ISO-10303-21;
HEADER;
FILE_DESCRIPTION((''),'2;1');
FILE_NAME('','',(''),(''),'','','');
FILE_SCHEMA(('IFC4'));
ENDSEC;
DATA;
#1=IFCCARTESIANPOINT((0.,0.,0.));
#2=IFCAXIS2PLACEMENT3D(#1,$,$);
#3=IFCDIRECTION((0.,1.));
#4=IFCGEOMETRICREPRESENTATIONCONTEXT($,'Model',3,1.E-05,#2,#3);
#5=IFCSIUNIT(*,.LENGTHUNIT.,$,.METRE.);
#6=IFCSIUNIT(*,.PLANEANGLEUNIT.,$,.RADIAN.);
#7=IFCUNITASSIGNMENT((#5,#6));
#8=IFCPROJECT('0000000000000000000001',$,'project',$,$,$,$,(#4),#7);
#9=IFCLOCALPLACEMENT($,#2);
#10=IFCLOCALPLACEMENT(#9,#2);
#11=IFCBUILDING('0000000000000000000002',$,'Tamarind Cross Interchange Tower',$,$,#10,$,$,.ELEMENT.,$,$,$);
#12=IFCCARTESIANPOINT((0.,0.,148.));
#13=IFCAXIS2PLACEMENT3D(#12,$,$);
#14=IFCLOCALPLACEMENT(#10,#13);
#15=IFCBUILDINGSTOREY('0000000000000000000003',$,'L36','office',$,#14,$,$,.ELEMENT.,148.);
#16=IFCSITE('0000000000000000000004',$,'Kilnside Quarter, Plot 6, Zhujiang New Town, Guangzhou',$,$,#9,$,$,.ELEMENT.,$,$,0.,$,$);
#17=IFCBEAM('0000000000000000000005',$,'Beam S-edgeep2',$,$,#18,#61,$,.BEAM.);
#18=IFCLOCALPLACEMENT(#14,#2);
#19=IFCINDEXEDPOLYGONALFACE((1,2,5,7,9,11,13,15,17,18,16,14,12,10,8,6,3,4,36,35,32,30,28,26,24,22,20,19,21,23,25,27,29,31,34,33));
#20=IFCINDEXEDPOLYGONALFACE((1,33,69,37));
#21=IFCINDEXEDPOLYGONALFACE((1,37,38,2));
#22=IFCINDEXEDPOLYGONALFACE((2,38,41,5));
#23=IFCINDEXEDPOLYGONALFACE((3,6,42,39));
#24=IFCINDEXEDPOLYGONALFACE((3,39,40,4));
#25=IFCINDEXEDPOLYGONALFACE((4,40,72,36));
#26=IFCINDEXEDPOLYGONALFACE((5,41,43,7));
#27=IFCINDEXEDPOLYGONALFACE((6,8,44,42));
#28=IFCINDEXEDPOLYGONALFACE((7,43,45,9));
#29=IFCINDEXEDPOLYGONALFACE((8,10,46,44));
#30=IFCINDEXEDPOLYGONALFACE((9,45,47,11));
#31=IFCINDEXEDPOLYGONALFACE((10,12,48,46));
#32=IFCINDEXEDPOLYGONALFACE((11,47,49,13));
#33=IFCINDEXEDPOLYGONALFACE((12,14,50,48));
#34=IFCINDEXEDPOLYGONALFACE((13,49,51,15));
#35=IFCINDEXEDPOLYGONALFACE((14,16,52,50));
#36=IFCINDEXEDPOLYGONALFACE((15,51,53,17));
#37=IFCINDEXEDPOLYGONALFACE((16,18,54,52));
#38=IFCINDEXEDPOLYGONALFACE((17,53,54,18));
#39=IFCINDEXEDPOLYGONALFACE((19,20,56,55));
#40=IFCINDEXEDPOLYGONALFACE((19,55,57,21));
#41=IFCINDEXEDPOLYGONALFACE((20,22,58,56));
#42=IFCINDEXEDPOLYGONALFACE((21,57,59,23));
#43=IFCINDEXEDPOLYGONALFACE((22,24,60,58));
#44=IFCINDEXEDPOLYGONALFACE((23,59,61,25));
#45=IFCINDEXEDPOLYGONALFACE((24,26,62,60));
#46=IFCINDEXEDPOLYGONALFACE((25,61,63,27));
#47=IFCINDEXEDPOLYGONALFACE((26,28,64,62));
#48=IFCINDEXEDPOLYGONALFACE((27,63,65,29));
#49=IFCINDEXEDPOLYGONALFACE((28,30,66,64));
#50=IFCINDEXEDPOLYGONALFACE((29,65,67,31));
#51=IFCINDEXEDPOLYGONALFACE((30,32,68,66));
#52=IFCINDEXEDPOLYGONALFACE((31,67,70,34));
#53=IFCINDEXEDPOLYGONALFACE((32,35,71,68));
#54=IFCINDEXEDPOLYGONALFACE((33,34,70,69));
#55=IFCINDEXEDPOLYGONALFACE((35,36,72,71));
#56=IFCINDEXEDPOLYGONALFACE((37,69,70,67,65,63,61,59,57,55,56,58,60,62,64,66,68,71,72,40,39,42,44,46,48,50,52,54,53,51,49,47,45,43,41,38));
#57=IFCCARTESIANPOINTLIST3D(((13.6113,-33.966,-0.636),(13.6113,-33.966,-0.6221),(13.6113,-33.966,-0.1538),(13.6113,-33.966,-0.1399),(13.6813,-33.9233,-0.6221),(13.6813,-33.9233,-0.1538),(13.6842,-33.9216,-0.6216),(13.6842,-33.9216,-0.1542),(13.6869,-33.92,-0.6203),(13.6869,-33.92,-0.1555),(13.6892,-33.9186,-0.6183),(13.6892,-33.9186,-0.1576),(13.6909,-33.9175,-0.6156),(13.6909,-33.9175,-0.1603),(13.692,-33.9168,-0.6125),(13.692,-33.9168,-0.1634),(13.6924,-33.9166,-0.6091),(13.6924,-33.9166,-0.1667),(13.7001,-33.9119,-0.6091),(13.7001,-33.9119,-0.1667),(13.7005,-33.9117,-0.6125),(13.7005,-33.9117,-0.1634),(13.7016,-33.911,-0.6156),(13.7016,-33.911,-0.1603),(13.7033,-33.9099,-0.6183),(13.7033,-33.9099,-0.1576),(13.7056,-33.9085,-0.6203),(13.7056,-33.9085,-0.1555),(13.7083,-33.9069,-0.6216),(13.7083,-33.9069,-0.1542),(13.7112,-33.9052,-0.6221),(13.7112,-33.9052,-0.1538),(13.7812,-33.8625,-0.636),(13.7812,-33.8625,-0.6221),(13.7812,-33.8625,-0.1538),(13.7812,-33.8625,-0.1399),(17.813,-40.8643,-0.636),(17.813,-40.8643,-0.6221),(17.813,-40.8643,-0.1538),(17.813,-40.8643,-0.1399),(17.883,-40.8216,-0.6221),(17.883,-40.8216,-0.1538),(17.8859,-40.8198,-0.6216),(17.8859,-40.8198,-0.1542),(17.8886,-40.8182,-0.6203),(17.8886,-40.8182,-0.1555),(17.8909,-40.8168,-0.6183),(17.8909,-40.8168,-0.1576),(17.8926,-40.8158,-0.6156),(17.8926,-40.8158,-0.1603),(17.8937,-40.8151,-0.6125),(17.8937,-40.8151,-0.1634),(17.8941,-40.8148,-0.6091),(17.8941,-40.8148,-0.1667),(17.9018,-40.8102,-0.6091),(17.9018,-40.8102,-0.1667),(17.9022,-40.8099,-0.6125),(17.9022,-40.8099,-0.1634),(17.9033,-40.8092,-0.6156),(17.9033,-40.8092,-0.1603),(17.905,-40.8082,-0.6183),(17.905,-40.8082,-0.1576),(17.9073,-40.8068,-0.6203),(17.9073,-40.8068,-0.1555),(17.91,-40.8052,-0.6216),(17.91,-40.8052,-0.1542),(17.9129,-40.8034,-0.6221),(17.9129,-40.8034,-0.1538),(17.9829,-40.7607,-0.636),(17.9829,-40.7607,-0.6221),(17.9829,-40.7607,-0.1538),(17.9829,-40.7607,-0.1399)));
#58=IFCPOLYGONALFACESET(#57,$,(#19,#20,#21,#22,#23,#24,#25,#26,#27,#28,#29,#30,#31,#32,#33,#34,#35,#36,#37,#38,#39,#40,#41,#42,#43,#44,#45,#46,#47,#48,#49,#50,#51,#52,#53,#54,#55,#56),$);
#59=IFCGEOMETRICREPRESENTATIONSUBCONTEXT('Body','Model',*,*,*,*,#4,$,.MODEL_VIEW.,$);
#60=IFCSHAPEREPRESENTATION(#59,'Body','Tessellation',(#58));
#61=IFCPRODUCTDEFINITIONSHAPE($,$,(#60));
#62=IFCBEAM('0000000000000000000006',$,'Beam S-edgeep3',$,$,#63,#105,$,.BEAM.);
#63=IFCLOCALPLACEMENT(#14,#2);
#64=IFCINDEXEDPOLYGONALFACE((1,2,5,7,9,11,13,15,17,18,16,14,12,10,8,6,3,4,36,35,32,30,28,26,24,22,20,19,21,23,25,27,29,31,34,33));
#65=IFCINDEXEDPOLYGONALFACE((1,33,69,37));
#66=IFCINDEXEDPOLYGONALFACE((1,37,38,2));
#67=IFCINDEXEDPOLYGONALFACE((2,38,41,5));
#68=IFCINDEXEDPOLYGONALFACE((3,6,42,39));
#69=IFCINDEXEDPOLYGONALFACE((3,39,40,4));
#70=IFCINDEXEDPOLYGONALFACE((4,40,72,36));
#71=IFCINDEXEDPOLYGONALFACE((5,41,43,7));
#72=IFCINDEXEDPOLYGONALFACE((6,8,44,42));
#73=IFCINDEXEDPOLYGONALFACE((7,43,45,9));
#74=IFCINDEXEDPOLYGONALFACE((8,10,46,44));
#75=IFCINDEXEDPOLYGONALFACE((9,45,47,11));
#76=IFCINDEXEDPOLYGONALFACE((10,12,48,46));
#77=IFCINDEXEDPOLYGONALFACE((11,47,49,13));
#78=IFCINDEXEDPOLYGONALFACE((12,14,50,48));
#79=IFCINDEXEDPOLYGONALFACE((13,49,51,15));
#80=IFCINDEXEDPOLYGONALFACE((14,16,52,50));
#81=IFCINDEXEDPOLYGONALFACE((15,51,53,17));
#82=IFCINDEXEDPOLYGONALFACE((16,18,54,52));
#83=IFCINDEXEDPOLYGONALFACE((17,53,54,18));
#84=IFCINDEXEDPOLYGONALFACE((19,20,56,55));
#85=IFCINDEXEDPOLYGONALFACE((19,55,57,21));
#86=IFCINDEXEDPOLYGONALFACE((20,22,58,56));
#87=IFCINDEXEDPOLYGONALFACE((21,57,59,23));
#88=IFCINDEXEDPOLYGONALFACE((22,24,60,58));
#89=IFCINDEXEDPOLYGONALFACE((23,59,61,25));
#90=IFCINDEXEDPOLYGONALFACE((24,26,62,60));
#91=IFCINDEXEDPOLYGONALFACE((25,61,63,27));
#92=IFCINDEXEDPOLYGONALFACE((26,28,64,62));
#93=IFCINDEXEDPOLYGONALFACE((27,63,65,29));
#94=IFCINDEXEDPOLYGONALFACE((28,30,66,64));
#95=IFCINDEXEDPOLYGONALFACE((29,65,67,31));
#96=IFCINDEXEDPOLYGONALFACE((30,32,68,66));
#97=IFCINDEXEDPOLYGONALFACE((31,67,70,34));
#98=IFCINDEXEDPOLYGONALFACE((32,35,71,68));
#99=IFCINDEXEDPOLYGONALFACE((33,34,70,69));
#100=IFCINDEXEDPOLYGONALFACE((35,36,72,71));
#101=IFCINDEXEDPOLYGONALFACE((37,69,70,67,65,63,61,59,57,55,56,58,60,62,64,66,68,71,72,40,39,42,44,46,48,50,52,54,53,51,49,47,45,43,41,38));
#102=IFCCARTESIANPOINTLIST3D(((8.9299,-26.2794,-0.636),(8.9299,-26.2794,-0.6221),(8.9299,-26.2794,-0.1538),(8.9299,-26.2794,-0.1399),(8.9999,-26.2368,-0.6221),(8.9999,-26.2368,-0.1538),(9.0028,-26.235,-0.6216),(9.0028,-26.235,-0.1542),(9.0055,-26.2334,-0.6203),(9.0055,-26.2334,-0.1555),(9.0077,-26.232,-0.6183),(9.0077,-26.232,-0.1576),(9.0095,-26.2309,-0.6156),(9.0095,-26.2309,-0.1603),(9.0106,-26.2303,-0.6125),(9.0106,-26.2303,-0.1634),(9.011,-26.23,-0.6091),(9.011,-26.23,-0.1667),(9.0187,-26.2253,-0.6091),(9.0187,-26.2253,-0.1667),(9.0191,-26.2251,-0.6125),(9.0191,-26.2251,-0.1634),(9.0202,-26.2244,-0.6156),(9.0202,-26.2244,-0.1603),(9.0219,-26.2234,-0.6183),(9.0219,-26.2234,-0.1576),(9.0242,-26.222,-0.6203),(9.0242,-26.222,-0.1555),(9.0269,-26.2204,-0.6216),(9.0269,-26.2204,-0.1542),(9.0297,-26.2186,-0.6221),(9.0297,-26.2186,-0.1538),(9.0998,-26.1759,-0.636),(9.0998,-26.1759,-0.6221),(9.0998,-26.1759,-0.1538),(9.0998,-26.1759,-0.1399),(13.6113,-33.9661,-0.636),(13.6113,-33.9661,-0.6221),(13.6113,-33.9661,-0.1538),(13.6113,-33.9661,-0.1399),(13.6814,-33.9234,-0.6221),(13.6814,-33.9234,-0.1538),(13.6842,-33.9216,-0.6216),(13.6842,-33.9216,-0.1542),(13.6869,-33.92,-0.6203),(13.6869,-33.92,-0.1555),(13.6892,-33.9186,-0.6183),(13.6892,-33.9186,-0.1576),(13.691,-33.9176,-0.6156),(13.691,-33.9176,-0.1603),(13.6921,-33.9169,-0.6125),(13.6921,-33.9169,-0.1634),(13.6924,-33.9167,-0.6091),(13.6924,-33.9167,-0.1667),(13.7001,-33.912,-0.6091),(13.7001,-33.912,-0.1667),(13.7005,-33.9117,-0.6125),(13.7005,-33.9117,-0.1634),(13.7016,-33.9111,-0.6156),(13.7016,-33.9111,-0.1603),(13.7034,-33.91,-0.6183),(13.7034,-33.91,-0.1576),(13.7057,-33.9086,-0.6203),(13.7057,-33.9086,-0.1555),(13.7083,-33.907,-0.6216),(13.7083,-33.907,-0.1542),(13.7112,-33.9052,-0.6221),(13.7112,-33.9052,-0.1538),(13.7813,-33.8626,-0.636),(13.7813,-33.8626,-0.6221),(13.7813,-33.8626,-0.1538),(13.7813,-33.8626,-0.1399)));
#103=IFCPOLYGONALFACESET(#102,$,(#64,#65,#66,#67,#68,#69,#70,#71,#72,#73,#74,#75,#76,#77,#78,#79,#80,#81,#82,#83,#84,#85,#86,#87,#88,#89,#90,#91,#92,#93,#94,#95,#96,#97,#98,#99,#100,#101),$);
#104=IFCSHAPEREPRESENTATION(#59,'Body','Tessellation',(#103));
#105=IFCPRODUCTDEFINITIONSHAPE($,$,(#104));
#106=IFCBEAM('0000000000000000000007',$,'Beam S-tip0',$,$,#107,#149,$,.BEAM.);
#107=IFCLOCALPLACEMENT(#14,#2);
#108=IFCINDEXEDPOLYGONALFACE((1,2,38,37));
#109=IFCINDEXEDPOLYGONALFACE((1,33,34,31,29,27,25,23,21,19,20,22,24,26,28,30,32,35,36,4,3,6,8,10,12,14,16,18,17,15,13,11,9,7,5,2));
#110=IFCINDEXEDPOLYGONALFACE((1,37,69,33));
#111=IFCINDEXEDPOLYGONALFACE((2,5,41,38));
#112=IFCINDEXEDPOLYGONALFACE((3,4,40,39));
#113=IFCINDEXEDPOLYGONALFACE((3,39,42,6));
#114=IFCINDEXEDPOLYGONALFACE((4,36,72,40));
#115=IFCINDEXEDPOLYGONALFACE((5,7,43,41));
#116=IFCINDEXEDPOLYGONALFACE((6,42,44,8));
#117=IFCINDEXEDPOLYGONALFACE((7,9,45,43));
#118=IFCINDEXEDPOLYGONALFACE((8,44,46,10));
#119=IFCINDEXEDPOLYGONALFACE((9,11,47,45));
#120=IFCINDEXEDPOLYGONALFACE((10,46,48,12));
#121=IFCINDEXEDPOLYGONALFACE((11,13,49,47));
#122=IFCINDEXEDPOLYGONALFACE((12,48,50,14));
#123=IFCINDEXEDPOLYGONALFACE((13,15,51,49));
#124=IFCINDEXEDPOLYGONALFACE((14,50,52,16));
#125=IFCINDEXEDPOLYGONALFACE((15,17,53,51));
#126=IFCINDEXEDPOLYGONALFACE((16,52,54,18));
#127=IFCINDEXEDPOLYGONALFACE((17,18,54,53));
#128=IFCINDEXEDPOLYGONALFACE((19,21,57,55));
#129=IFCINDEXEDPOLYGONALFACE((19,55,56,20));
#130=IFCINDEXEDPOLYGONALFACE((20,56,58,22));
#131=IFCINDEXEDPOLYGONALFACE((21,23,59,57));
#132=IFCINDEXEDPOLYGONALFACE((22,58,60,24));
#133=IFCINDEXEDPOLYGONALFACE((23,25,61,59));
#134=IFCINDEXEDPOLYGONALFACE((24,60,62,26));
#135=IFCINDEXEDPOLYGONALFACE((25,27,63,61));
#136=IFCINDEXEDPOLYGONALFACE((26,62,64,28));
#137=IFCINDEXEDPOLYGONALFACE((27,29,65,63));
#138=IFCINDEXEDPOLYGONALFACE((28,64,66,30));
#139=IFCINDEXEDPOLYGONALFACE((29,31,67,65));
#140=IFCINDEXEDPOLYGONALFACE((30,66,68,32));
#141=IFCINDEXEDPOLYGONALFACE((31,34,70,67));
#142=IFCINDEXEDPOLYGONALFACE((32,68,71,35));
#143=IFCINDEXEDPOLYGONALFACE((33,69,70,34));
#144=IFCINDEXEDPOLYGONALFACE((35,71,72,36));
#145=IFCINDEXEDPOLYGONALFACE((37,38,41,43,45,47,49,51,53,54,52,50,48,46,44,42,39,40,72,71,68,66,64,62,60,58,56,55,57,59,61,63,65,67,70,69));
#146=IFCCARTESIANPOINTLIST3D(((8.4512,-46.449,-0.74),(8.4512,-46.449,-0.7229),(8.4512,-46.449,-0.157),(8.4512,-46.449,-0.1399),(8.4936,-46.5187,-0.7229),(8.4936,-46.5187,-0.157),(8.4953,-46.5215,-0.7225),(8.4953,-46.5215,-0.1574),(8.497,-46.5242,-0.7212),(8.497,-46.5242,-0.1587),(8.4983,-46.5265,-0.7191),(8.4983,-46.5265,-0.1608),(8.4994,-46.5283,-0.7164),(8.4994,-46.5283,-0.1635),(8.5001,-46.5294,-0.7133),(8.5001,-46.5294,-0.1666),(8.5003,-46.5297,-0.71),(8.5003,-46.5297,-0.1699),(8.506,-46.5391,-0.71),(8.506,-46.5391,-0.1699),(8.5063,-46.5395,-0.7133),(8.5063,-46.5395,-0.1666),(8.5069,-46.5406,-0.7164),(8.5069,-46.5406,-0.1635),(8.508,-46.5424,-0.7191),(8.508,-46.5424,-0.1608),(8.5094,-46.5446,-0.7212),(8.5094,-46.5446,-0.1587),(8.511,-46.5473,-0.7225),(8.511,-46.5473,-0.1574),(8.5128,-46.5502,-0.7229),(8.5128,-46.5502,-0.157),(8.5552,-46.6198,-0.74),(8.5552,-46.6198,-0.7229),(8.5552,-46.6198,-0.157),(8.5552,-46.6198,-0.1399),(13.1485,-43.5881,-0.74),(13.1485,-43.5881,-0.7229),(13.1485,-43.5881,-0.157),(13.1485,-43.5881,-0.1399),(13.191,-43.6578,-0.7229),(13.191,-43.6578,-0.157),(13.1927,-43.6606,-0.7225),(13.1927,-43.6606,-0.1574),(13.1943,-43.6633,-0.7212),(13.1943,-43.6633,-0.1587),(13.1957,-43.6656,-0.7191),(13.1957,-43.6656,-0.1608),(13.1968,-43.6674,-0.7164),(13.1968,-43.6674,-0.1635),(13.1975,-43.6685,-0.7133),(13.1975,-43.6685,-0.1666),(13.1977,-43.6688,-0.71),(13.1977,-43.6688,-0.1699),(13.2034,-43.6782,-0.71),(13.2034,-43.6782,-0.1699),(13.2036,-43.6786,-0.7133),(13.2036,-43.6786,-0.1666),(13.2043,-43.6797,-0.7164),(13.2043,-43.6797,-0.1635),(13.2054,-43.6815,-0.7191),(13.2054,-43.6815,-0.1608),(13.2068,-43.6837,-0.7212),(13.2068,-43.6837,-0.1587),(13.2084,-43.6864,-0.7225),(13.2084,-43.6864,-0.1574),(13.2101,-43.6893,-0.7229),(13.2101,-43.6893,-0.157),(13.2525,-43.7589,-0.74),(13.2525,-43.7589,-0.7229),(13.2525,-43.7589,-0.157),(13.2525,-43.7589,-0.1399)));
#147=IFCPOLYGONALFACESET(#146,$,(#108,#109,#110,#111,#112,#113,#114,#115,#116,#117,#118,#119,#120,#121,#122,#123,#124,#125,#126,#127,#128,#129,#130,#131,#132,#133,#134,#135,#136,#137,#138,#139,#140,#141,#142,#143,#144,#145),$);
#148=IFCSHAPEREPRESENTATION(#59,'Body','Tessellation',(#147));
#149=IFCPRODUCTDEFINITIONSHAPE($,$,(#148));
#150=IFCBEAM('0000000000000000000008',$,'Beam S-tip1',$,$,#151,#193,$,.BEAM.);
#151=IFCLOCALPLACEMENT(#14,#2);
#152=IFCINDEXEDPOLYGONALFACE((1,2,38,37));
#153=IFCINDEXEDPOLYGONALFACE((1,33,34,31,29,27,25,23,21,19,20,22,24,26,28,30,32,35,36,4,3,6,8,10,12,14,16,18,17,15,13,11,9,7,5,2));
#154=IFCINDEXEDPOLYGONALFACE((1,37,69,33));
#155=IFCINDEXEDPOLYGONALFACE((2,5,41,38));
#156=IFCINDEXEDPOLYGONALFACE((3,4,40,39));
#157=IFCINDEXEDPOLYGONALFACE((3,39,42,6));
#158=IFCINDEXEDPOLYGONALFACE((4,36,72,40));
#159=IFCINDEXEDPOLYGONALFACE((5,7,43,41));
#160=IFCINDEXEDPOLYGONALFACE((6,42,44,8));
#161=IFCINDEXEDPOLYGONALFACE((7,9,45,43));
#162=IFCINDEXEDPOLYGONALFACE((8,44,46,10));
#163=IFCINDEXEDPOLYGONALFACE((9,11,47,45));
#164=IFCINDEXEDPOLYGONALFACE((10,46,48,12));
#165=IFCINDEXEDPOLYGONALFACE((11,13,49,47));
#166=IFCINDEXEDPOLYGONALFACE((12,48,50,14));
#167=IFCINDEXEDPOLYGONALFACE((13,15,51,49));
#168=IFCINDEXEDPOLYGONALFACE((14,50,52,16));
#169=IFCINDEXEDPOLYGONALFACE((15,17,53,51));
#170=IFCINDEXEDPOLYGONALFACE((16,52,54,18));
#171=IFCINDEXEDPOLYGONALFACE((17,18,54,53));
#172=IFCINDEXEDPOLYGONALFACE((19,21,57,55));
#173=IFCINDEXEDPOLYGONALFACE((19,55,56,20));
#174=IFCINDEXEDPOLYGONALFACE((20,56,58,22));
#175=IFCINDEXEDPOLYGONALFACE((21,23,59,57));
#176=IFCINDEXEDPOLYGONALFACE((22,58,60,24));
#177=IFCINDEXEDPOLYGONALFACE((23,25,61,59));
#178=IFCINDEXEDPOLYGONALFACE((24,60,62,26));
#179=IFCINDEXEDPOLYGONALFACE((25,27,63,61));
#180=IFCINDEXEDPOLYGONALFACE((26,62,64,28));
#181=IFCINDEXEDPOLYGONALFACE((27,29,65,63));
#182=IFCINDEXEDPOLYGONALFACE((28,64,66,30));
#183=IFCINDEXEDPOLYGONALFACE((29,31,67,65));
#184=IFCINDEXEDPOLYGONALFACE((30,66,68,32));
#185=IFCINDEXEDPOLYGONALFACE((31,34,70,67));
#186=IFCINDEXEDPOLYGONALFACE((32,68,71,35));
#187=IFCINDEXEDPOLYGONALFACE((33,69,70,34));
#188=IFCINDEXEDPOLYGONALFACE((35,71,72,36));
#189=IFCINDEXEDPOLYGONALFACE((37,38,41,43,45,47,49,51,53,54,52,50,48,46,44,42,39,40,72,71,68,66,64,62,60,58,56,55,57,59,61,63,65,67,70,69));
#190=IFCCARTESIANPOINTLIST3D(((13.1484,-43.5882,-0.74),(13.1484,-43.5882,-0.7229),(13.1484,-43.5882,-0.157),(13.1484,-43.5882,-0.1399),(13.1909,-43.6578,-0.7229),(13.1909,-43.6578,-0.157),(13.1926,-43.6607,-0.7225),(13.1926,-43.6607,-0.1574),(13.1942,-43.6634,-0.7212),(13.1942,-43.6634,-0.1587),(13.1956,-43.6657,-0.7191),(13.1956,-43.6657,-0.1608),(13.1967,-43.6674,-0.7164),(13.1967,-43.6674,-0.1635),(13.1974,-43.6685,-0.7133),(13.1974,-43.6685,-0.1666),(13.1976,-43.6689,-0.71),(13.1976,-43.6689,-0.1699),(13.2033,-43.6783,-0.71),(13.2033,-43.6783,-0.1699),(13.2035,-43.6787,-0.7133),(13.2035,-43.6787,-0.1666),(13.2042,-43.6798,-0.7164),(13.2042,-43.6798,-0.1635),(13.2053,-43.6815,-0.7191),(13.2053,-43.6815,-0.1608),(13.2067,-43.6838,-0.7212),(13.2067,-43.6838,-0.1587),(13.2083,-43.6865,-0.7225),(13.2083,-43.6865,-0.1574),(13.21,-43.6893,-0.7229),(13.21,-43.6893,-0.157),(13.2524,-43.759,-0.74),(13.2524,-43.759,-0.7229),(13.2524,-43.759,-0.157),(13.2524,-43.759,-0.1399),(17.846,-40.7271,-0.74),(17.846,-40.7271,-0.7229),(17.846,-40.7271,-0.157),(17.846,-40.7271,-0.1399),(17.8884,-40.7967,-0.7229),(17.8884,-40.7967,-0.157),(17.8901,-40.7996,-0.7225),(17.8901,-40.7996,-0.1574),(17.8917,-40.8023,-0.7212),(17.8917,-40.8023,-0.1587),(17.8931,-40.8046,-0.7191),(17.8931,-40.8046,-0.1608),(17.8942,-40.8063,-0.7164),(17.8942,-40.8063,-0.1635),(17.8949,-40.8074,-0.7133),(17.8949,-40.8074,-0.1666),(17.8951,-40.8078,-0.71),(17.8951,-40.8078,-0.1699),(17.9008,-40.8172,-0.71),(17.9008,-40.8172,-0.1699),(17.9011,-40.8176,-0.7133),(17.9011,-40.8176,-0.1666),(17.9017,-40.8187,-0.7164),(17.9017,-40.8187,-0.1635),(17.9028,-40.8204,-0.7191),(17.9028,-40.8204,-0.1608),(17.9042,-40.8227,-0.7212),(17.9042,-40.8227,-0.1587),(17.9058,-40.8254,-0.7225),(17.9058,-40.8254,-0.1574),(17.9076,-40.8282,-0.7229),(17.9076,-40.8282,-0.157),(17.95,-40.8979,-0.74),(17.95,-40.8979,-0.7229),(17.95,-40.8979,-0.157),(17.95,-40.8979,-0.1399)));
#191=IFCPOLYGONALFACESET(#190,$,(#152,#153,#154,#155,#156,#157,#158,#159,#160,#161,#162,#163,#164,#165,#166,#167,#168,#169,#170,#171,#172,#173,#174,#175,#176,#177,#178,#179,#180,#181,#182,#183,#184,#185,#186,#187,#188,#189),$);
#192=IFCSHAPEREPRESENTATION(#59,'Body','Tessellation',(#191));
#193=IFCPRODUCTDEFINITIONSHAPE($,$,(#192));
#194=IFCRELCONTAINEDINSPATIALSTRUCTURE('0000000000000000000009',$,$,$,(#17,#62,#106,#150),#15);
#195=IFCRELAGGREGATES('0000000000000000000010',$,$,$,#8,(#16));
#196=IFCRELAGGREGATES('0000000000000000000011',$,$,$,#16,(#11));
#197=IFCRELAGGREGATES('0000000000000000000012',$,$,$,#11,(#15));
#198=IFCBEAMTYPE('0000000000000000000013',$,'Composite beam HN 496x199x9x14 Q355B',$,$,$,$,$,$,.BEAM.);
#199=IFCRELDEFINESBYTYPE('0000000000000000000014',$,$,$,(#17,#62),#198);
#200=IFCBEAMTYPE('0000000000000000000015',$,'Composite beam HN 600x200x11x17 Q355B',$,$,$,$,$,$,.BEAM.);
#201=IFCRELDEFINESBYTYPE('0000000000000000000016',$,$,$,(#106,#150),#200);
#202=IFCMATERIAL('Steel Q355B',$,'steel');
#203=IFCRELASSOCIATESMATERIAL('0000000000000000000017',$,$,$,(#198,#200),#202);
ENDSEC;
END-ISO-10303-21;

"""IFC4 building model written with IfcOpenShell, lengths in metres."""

from ifc_helpers import new_model, si_unit, direction, frame, origin, origin_2d, place, context, subcontext, project, spatial, i_section, extrude, material, material_profile, profile_set, type_object, element, save


model = new_model("IFC4")

# Units and contexts
model_context = context("Model", 3, precision=1e-05, world=origin(), true_north=direction((0.0, 1.0)))
body_context = subcontext(model_context, "Body", "Model", "MODEL_VIEW")
ifc_project = project(units=[si_unit("LENGTHUNIT", "METRE"), si_unit("PLANEANGLEUNIT", "RADIAN")], contexts=[model_context])

# Site, building, storey
site_placement = place(None, origin())
site = spatial("IfcSite", under=ifc_project, at=site_placement, Name="Kilnside Quarter, Plot 6, Zhujiang New Town, Guangzhou", CompositionType="ELEMENT", RefElevation=0.0)
building_placement = place(site_placement, origin())
building = spatial("IfcBuilding", under=site, at=building_placement, Name="Tamarind Cross Interchange Tower", CompositionType="ELEMENT")
storey_placement = place(building_placement, frame((0.0, 0.0, 148.0)))
storey = spatial("IfcBuildingStorey", under=building, at=storey_placement, Name="L36", Description="office", CompositionType="ELEMENT", Elevation=148.0)

# Beams
ifc_material_1 = material(Name="Steel Q355B", Category="steel")
ifc_material_profile_1 = material_profile(ifc_material_1, i_section(OverallWidth=0.199, OverallDepth=0.4961, WebThickness=0.009, FlangeThickness=0.0139, FilletRadius=0.0129, at=origin_2d()), Name="HN 496x199x9x14")
ifc_profile_set_1 = profile_set([ifc_material_profile_1], Name="Steel Q355B")
beam_type_1 = type_object("IfcBeamType", Name="Composite beam HN 496x199x9x14 Q355B", PredefinedType="BEAM", material=ifc_profile_set_1)
beam_1_placement = place(storey_placement, frame((17.8979, -40.8125, -0.3879), z_axis=(-0.520196, 0.854047, 0.0), x_axis=(-0.854047, -0.520196, 0.0)))
element("IfcBeam", 1, at=beam_1_placement, inside=storey, type_object=beam_type_1, Name="Beam S-edgeep2", PredefinedType="BEAM", context=body_context, shape_type="SweptSolid", body=[
    extrude(i_section(OverallWidth=0.199, OverallDepth=0.4961, WebThickness=0.009, FlangeThickness=0.0139, FilletRadius=0.0129, at=origin_2d()), origin(), (0.0, 0.0, 1.0), 8.0771),
])
beam_2_placement = place(storey_placement, frame((13.6963, -33.9143, -0.3879), z_axis=(-0.520161, 0.854068, 0.0), x_axis=(-0.854068, -0.520161, 0.0)))
element("IfcBeam", 2, at=beam_2_placement, inside=storey, type_object=beam_type_1, Name="Beam S-edgeep3", PredefinedType="BEAM", context=body_context, shape_type="SweptSolid", body=[
    extrude(i_section(OverallWidth=0.199, OverallDepth=0.4961, WebThickness=0.009, FlangeThickness=0.0139, FilletRadius=0.0129, at=origin_2d()), origin(), (0.0, 0.0, 1.0), 9.0),
])
ifc_material_profile_2 = material_profile(ifc_material_1, i_section(OverallWidth=0.2, OverallDepth=0.6001, WebThickness=0.011, FlangeThickness=0.0171, FilletRadius=0.0129, at=origin_2d()), Name="HN 600x200x11x17")
ifc_profile_set_2 = profile_set([ifc_material_profile_2], Name="Steel Q355B")
beam_type_2 = type_object("IfcBeamType", Name="Composite beam HN 600x200x11x17 Q355B", PredefinedType="BEAM", material=ifc_profile_set_2)
beam_3_placement = place(storey_placement, frame((8.5032, -46.5344, -0.4399), z_axis=(0.854067, 0.520164, 0.0), x_axis=(-0.520164, 0.854067, 0.0)))
element("IfcBeam", 3, at=beam_3_placement, inside=storey, type_object=beam_type_2, Name="Beam S-tip0", PredefinedType="BEAM", context=body_context, shape_type="SweptSolid", body=[
    extrude(i_section(OverallWidth=0.2, OverallDepth=0.6001, WebThickness=0.011, FlangeThickness=0.0171, FilletRadius=0.0129, at=origin_2d()), origin(), (0.0, 0.0, 1.0), 5.5),
])
beam_4_placement = place(storey_placement, frame((13.2004, -43.6736, -0.4399), z_axis=(0.854059, 0.520176, 0.0), x_axis=(-0.520176, 0.854059, 0.0)))
element("IfcBeam", 4, at=beam_4_placement, inside=storey, type_object=beam_type_2, Name="Beam S-tip1", PredefinedType="BEAM", context=body_context, shape_type="SweptSolid", body=[
    extrude(i_section(OverallWidth=0.2, OverallDepth=0.6001, WebThickness=0.011, FlangeThickness=0.0171, FilletRadius=0.0129, at=origin_2d()), origin(), (0.0, 0.0, 1.0), 5.5002),
])

save(model, "model.ifc")
